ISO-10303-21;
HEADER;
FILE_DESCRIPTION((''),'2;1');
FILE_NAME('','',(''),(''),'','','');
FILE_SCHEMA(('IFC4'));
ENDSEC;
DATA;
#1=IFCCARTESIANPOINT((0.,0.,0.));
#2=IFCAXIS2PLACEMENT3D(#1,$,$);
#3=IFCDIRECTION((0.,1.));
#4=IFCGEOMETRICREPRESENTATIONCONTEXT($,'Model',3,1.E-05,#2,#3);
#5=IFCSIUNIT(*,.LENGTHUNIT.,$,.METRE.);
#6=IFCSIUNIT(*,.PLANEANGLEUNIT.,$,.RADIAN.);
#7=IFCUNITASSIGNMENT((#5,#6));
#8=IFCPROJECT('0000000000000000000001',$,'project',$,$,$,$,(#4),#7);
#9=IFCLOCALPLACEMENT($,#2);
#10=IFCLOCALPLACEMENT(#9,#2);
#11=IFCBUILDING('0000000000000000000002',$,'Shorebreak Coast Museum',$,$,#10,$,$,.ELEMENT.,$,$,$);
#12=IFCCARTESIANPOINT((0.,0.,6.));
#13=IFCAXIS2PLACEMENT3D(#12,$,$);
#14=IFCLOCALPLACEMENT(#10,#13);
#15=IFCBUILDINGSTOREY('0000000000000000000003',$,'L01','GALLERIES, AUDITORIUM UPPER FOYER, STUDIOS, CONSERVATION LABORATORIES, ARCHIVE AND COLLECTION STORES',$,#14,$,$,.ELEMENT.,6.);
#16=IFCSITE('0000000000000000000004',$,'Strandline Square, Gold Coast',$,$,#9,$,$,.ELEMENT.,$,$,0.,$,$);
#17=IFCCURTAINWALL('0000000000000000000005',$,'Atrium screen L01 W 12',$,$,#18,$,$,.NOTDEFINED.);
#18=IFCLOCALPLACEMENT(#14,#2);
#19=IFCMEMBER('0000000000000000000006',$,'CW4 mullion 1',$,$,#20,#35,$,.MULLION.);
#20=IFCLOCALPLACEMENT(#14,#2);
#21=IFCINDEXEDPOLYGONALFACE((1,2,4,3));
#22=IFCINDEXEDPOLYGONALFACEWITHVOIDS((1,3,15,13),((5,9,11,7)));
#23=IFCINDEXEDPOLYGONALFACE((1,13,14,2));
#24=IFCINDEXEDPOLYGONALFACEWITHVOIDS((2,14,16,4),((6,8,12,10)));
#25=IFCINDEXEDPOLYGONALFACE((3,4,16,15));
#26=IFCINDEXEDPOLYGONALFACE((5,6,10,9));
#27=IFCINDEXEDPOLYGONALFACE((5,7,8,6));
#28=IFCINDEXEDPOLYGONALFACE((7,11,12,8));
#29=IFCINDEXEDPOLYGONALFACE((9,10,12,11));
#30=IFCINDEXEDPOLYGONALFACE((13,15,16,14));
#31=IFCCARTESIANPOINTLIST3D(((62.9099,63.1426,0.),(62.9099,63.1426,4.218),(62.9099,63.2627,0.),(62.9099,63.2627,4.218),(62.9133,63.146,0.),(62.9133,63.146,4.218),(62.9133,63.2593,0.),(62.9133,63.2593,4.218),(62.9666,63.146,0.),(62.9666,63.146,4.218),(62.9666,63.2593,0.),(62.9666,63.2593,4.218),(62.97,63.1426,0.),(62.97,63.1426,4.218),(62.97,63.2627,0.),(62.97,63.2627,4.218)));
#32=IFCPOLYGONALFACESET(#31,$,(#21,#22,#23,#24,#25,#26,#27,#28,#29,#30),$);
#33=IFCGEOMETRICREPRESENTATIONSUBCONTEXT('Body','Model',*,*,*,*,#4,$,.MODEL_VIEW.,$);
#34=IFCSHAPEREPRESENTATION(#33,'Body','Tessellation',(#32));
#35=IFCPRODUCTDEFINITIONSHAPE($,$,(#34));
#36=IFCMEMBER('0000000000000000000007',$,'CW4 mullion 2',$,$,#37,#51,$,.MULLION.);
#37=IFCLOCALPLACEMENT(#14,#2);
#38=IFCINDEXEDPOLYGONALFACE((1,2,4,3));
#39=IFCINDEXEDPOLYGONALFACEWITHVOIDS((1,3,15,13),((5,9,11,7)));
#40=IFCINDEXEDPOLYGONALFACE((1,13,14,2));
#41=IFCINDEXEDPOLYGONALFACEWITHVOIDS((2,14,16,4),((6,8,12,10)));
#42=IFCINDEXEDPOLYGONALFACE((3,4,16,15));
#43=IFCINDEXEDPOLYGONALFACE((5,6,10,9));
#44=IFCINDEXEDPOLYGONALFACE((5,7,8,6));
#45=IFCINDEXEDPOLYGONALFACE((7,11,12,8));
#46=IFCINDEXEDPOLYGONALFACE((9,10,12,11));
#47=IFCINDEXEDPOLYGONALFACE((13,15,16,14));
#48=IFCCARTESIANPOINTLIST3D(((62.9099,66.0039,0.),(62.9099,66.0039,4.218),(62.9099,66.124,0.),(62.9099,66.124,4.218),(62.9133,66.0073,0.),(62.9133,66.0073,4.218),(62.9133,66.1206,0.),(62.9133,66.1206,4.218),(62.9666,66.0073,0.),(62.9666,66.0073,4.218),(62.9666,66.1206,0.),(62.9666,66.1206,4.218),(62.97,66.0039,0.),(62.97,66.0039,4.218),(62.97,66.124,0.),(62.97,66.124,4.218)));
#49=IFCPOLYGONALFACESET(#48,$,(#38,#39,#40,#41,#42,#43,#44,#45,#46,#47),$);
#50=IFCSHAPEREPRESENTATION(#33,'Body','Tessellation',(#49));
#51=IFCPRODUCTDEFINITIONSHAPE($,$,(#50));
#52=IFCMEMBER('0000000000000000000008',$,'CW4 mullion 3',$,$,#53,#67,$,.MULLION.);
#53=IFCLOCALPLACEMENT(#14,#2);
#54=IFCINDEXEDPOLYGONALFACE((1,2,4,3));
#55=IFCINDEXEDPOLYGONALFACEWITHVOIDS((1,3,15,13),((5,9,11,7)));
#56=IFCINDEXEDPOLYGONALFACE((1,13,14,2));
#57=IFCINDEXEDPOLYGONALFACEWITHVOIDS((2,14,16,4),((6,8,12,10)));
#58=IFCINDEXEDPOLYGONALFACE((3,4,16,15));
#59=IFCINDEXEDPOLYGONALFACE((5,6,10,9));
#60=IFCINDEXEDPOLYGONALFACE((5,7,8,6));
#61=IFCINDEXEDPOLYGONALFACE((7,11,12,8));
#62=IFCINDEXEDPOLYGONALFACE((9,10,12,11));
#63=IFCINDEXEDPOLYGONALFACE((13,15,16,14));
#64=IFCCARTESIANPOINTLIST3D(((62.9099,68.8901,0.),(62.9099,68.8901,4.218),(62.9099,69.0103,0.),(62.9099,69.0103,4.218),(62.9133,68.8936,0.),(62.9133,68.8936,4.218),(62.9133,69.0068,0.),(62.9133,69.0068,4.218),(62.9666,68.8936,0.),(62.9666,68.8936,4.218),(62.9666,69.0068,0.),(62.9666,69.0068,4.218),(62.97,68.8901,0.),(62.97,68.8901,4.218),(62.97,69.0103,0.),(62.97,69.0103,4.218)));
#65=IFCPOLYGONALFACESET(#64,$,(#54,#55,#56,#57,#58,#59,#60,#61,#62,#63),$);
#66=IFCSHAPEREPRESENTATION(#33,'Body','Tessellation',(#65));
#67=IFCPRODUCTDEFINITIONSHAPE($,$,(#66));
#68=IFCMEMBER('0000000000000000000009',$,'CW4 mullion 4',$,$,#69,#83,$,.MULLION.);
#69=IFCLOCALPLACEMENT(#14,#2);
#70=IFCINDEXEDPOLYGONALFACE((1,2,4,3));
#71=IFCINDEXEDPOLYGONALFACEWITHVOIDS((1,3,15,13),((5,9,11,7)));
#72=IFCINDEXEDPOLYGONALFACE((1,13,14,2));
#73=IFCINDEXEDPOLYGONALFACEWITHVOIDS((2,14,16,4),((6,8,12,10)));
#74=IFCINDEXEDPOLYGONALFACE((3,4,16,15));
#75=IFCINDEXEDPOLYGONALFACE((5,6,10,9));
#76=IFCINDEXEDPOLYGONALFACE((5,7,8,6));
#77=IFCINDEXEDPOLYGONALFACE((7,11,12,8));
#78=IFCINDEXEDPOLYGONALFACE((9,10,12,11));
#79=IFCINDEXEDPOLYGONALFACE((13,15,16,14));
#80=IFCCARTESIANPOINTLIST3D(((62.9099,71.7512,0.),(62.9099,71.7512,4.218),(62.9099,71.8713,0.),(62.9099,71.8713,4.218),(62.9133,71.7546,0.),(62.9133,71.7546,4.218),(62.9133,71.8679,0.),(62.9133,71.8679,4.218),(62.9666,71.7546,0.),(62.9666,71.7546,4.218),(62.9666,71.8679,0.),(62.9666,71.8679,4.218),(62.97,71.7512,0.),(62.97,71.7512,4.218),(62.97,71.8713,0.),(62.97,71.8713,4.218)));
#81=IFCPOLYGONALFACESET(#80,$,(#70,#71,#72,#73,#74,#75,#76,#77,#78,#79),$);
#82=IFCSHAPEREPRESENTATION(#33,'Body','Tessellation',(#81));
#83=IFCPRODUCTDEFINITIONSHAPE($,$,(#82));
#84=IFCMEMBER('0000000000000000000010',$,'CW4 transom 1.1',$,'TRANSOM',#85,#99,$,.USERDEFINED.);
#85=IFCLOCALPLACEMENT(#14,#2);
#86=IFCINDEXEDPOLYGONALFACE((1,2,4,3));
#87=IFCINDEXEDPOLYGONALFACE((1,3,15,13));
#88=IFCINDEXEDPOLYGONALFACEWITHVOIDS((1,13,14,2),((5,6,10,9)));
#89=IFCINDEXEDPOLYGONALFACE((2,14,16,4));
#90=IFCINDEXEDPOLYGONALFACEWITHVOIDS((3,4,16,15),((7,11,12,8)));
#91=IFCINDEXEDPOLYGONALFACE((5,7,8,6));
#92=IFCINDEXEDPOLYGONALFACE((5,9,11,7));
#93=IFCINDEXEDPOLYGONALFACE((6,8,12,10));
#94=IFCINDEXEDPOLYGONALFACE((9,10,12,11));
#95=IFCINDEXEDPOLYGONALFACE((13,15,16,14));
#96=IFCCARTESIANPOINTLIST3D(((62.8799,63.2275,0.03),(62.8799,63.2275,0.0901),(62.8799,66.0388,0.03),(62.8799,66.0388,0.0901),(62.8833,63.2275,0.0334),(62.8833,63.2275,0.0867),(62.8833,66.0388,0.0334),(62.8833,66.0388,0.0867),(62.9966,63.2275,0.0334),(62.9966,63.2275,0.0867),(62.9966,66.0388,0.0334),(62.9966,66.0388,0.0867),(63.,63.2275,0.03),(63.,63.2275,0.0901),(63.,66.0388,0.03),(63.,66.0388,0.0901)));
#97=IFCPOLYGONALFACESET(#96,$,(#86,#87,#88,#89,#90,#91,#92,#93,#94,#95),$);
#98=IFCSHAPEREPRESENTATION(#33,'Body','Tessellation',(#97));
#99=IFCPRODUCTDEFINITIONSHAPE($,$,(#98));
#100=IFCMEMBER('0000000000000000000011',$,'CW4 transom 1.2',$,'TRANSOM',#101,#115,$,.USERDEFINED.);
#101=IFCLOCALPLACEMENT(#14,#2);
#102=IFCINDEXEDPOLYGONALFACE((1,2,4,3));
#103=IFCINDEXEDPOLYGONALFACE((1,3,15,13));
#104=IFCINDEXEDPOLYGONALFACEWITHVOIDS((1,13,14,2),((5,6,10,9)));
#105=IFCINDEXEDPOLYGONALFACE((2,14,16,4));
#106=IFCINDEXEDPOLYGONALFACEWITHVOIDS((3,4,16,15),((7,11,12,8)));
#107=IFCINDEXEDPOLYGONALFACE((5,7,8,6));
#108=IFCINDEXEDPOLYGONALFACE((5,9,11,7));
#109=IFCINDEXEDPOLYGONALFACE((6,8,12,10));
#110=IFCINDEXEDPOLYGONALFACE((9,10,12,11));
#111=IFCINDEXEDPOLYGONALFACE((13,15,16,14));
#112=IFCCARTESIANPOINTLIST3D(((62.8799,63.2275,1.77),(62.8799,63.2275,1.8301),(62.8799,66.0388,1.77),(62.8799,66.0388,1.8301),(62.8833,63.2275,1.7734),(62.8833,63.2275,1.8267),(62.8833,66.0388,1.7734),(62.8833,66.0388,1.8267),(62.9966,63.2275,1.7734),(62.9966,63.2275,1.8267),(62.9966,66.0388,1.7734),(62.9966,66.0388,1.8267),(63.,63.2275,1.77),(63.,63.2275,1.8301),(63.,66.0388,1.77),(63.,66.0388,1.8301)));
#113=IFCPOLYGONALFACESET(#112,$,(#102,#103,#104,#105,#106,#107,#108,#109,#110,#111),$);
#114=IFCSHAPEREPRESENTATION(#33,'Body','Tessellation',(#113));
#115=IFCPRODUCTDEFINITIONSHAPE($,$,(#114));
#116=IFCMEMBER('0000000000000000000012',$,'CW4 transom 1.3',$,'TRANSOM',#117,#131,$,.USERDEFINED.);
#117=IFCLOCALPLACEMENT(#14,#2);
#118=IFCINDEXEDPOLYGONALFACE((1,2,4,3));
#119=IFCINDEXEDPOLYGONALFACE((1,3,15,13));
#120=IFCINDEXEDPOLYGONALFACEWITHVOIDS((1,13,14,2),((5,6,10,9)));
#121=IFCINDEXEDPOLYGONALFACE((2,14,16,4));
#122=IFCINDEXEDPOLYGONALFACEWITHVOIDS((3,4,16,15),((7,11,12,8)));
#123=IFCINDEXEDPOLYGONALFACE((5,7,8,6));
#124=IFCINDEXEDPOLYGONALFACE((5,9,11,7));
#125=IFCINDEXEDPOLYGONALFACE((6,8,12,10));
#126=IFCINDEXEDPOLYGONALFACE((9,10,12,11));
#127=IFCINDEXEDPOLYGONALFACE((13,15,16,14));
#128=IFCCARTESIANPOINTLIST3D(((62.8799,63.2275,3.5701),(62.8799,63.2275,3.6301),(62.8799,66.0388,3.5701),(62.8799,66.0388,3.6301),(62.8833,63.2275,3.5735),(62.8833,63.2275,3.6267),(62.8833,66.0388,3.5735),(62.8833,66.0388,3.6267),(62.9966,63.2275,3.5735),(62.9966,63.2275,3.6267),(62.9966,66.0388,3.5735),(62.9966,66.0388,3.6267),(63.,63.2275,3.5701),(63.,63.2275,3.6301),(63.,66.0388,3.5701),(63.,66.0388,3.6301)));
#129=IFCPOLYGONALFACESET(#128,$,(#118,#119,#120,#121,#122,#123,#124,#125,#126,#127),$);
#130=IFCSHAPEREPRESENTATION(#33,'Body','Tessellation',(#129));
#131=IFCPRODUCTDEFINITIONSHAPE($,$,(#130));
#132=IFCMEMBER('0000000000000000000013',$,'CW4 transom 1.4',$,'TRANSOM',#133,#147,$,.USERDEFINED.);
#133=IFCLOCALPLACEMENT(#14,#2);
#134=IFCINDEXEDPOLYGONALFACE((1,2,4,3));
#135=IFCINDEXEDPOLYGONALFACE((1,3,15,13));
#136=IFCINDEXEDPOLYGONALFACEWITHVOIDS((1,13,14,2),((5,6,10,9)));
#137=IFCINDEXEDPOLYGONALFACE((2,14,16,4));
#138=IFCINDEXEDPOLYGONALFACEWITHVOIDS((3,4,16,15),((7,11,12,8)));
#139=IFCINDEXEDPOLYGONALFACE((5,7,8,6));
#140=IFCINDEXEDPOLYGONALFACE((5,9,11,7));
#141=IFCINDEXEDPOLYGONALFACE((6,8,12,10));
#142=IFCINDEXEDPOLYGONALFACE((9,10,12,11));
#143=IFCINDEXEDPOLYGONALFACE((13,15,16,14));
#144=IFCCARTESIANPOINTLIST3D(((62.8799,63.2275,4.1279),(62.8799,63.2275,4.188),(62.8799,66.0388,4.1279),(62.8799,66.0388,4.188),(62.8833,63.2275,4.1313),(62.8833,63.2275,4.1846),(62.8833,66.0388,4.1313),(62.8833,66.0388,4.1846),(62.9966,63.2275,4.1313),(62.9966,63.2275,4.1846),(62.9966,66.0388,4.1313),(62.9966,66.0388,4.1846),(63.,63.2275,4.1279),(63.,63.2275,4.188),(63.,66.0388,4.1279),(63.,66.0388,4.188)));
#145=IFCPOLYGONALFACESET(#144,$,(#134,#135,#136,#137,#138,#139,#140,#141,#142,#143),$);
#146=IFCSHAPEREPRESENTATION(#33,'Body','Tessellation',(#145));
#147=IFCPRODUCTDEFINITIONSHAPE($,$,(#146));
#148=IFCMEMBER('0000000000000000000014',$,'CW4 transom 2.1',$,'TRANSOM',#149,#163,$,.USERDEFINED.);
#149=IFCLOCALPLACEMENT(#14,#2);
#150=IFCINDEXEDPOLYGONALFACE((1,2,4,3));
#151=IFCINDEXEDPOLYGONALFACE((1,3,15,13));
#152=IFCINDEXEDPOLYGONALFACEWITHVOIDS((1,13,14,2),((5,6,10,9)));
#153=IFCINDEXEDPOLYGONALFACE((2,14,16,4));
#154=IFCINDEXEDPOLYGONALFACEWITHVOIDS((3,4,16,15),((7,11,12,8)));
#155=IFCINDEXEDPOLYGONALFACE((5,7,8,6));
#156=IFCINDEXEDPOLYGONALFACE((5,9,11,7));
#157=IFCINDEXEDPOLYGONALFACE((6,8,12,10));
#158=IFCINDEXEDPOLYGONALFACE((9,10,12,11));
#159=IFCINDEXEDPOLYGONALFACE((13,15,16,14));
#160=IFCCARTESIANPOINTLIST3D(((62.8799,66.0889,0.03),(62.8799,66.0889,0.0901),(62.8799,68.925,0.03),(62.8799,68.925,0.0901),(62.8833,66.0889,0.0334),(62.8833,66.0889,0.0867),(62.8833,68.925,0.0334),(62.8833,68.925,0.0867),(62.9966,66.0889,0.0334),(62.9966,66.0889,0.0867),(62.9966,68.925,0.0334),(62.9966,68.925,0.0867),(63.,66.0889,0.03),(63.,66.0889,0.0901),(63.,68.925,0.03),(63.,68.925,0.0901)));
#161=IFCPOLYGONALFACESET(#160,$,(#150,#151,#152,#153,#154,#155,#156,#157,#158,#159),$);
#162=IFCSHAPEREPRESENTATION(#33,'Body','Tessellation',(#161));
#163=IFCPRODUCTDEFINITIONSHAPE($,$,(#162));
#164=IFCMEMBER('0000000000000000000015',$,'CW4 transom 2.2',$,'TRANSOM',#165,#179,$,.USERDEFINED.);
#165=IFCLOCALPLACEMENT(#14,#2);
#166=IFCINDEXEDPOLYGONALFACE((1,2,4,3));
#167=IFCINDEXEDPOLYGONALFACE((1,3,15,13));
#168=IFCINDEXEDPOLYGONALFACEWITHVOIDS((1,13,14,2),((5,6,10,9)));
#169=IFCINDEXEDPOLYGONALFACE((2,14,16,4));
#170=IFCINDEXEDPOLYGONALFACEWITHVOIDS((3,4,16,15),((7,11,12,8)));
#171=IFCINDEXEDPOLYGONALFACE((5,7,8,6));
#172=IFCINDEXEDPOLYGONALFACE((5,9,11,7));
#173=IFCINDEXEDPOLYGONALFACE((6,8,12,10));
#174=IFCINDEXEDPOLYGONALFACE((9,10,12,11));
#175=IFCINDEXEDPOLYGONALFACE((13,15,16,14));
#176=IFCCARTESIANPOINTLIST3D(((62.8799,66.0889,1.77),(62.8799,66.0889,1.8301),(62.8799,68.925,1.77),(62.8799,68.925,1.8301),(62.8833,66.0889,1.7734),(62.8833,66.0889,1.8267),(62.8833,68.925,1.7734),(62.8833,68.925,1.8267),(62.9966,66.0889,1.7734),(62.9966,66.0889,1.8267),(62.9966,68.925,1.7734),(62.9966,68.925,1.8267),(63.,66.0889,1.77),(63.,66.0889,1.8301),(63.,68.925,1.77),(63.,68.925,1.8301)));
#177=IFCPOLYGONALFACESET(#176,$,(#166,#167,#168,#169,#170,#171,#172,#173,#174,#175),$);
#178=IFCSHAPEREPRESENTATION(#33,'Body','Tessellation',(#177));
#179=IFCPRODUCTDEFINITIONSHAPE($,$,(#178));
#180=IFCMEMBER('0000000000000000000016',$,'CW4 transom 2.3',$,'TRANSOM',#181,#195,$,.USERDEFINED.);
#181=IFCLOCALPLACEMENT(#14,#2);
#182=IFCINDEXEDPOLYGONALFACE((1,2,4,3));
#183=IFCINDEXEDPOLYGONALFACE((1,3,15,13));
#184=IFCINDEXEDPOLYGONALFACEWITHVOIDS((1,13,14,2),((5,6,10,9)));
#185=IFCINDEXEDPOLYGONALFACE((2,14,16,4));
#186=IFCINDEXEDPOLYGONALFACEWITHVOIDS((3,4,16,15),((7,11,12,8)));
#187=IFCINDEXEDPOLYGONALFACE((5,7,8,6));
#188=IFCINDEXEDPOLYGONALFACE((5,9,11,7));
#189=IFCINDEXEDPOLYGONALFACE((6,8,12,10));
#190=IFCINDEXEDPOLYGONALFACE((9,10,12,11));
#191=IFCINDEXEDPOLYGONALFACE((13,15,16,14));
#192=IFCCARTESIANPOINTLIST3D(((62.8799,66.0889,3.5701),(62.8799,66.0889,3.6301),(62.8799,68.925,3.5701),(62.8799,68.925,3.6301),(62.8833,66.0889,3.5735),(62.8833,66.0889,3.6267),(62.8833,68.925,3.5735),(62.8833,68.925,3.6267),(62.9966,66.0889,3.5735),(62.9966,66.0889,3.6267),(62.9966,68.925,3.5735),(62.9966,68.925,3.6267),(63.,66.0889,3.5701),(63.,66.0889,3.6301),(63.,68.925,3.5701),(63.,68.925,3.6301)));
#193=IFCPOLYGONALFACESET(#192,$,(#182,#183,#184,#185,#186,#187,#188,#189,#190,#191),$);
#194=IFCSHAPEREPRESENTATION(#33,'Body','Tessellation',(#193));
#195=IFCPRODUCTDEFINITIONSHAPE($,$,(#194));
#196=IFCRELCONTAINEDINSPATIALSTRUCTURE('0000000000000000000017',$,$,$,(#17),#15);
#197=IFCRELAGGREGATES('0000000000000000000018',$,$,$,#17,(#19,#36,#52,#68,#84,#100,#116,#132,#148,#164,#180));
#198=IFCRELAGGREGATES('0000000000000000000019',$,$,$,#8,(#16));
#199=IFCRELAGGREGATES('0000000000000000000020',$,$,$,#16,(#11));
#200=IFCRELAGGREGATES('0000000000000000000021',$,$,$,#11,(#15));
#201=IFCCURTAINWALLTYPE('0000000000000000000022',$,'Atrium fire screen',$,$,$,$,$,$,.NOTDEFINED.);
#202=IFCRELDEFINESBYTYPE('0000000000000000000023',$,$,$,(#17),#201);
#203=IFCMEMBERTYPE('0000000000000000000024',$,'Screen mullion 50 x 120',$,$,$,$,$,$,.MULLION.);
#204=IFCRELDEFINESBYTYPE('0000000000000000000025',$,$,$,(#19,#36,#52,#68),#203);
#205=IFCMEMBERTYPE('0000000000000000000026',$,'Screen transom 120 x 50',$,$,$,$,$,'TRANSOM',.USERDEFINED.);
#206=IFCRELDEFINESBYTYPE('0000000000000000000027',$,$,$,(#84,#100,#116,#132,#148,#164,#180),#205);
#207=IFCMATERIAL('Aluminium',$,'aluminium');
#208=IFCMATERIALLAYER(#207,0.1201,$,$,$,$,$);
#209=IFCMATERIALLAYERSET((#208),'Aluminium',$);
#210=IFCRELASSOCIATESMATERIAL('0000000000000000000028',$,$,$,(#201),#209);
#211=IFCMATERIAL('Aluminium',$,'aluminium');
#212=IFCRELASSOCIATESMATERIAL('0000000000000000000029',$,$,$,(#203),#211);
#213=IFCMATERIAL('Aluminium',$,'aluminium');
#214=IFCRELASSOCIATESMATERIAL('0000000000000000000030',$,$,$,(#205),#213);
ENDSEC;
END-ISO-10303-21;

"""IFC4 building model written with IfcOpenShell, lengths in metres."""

from ifc_helpers import new_model, si_unit, direction, frame, origin, origin_2d, place, context, subcontext, project, spatial, hollow_rectangle, extrude, material, layer, layer_set, material_profile, profile_set, type_object, element, aggregate, save


model = new_model("IFC4")

# Units and contexts
model_context = context("Model", 3, precision=1e-05, world=origin(), true_north=direction((0.0, 1.0)))
body_context = subcontext(model_context, "Body", "Model", "MODEL_VIEW")
ifc_project = project(units=[si_unit("LENGTHUNIT", "METRE"), si_unit("PLANEANGLEUNIT", "RADIAN")], contexts=[model_context])

# Site, building, storey
site_placement = place(None, origin())
site = spatial("IfcSite", under=ifc_project, at=site_placement, Name="Strandline Square, Gold Coast", CompositionType="ELEMENT", RefElevation=0.0)
building_placement = place(site_placement, origin())
building = spatial("IfcBuilding", under=site, at=building_placement, Name="Shorebreak Coast Museum", CompositionType="ELEMENT")
storey_placement = place(building_placement, frame((0.0, 0.0, 6.0)))
storey = spatial("IfcBuildingStorey", under=building, at=storey_placement, Name="L01", Description="GALLERIES, AUDITORIUM UPPER FOYER, STUDIOS, CONSERVATION LABORATORIES, ARCHIVE AND COLLECTION STORES", CompositionType="ELEMENT", Elevation=6.0)

# Curtain wall, members
ifc_material_1 = material(Name="Aluminium", Category="aluminium")
ifc_layer_1 = layer(ifc_material_1, 0.1201)
ifc_layer_set_1 = layer_set([ifc_layer_1], Name="Aluminium")
curtain_wall_type = type_object("IfcCurtainWallType", Name="Atrium fire screen", PredefinedType="NOTDEFINED", material=ifc_layer_set_1)
curtain_wall_placement = place(storey_placement, origin())
curtain_wall = element("IfcCurtainWall", 1, at=curtain_wall_placement, inside=storey, type_object=curtain_wall_type, Name="Atrium screen L01 W 12", PredefinedType="NOTDEFINED")
ifc_material_2 = material(Name="Aluminium", Category="aluminium")
ifc_material_profile_1 = material_profile(ifc_material_2, hollow_rectangle(XDim=0.0601, YDim=0.1201, WallThickness=0.0034, at=origin_2d()), Name="AL 120x60 RHS")
ifc_profile_set_1 = profile_set([ifc_material_profile_1], Name="Aluminium")
member_type_1 = type_object("IfcMemberType", Name="Screen mullion 50 x 120", PredefinedType="MULLION", material=ifc_profile_set_1)
member_1_placement = place(storey_placement, frame((62.9399, 63.2026, 0.0), z_axis=(0.0, 0.0, 1.0), x_axis=(-1.0, 0.0, 0.0)))
member_1 = element("IfcMember", 2, at=member_1_placement, type_object=member_type_1, Name="CW4 mullion 1", PredefinedType="MULLION", context=body_context, shape_type="SweptSolid", body=[
    extrude(hollow_rectangle(XDim=0.0601, YDim=0.1201, WallThickness=0.0034, at=origin_2d()), origin(), (0.0, 0.0, 1.0), 4.218),
])
member_2_placement = place(storey_placement, frame((62.9399, 66.064, 0.0), z_axis=(0.0, 0.0, 1.0), x_axis=(-1.0, 0.0, 0.0)))
member_2 = element("IfcMember", 3, at=member_2_placement, type_object=member_type_1, Name="CW4 mullion 2", PredefinedType="MULLION", context=body_context, shape_type="SweptSolid", body=[
    extrude(hollow_rectangle(XDim=0.0601, YDim=0.1201, WallThickness=0.0034, at=origin_2d()), origin(), (0.0, 0.0, 1.0), 4.218),
])
member_3_placement = place(storey_placement, frame((62.9399, 68.9502, 0.0), z_axis=(0.0, 0.0, 1.0), x_axis=(-1.0, 0.0, 0.0)))
member_3 = element("IfcMember", 4, at=member_3_placement, type_object=member_type_1, Name="CW4 mullion 3", PredefinedType="MULLION", context=body_context, shape_type="SweptSolid", body=[
    extrude(hollow_rectangle(XDim=0.0601, YDim=0.1201, WallThickness=0.0034, at=origin_2d()), origin(), (0.0, 0.0, 1.0), 4.218),
])
member_4_placement = place(storey_placement, frame((62.9399, 71.8113, 0.0), z_axis=(0.0, 0.0, 1.0), x_axis=(-1.0, 0.0, 0.0)))
member_4 = element("IfcMember", 5, at=member_4_placement, type_object=member_type_1, Name="CW4 mullion 4", PredefinedType="MULLION", context=body_context, shape_type="SweptSolid", body=[
    extrude(hollow_rectangle(XDim=0.0601, YDim=0.1201, WallThickness=0.0034, at=origin_2d()), origin(), (0.0, 0.0, 1.0), 4.218),
])
ifc_material_3 = material(Name="Aluminium", Category="aluminium")
ifc_material_profile_2 = material_profile(ifc_material_3, hollow_rectangle(XDim=0.1201, YDim=0.0601, WallThickness=0.0034, at=origin_2d()), Name="AL 60x120 RHS")
ifc_profile_set_2 = profile_set([ifc_material_profile_2], Name="Aluminium")
member_type_2 = type_object("IfcMemberType", Name="Screen transom 120 x 50", ElementType="TRANSOM", PredefinedType="USERDEFINED", material=ifc_profile_set_2)
member_5_placement = place(storey_placement, frame((62.9399, 63.2275, 0.0601), z_axis=(0.0, 1.0, 0.0), x_axis=(-1.0, 0.0, 0.0)))
member_5 = element("IfcMember", 6, at=member_5_placement, type_object=member_type_2, Name="CW4 transom 1.1", ObjectType="TRANSOM", PredefinedType="USERDEFINED", context=body_context, shape_type="SweptSolid", body=[
    extrude(hollow_rectangle(XDim=0.1201, YDim=0.0601, WallThickness=0.0034, at=origin_2d()), origin(), (0.0, 0.0, 1.0), 2.8113),
])
member_6_placement = place(storey_placement, frame((62.9399, 63.2275, 1.8), z_axis=(0.0, 1.0, 0.0), x_axis=(-1.0, 0.0, 0.0)))
member_6 = element("IfcMember", 7, at=member_6_placement, type_object=member_type_2, Name="CW4 transom 1.2", ObjectType="TRANSOM", PredefinedType="USERDEFINED", context=body_context, shape_type="SweptSolid", body=[
    extrude(hollow_rectangle(XDim=0.1201, YDim=0.0601, WallThickness=0.0034, at=origin_2d()), origin(), (0.0, 0.0, 1.0), 2.8113),
])
member_7_placement = place(storey_placement, frame((62.9399, 63.2275, 3.6001), z_axis=(0.0, 1.0, 0.0), x_axis=(-1.0, 0.0, 0.0)))
member_7 = element("IfcMember", 8, at=member_7_placement, type_object=member_type_2, Name="CW4 transom 1.3", ObjectType="TRANSOM", PredefinedType="USERDEFINED", context=body_context, shape_type="SweptSolid", body=[
    extrude(hollow_rectangle(XDim=0.1201, YDim=0.0601, WallThickness=0.0034, at=origin_2d()), origin(), (0.0, 0.0, 1.0), 2.8113),
])
member_8_placement = place(storey_placement, frame((62.9399, 63.2275, 4.158), z_axis=(0.0, 1.0, 0.0), x_axis=(-1.0, 0.0, 0.0)))
member_8 = element("IfcMember", 9, at=member_8_placement, type_object=member_type_2, Name="CW4 transom 1.4", ObjectType="TRANSOM", PredefinedType="USERDEFINED", context=body_context, shape_type="SweptSolid", body=[
    extrude(hollow_rectangle(XDim=0.1201, YDim=0.0601, WallThickness=0.0034, at=origin_2d()), origin(), (0.0, 0.0, 1.0), 2.8113),
])
member_9_placement = place(storey_placement, frame((62.9399, 66.0889, 0.0601), z_axis=(0.0, 1.0, 0.0), x_axis=(-1.0, 0.0, 0.0)))
member_9 = element("IfcMember", 10, at=member_9_placement, type_object=member_type_2, Name="CW4 transom 2.1", ObjectType="TRANSOM", PredefinedType="USERDEFINED", context=body_context, shape_type="SweptSolid", body=[
    extrude(hollow_rectangle(XDim=0.1201, YDim=0.0601, WallThickness=0.0034, at=origin_2d()), origin(), (0.0, 0.0, 1.0), 2.8362),
])
member_10_placement = place(storey_placement, frame((62.9399, 66.0889, 1.8), z_axis=(0.0, 1.0, 0.0), x_axis=(-1.0, 0.0, 0.0)))
member_10 = element("IfcMember", 11, at=member_10_placement, type_object=member_type_2, Name="CW4 transom 2.2", ObjectType="TRANSOM", PredefinedType="USERDEFINED", context=body_context, shape_type="SweptSolid", body=[
    extrude(hollow_rectangle(XDim=0.1201, YDim=0.0601, WallThickness=0.0034, at=origin_2d()), origin(), (0.0, 0.0, 1.0), 2.8362),
])
member_11_placement = place(storey_placement, frame((62.9399, 66.0889, 3.6001), z_axis=(0.0, 1.0, 0.0), x_axis=(-1.0, 0.0, 0.0)))
member_11 = element("IfcMember", 12, at=member_11_placement, type_object=member_type_2, Name="CW4 transom 2.3", ObjectType="TRANSOM", PredefinedType="USERDEFINED", context=body_context, shape_type="SweptSolid", body=[
    extrude(hollow_rectangle(XDim=0.1201, YDim=0.0601, WallThickness=0.0034, at=origin_2d()), origin(), (0.0, 0.0, 1.0), 2.8362),
])
aggregate(curtain_wall, [member_1, member_2, member_3, member_4, member_5, member_6, member_7, member_8, member_9, member_10, member_11])

save(model, "model.ifc")
